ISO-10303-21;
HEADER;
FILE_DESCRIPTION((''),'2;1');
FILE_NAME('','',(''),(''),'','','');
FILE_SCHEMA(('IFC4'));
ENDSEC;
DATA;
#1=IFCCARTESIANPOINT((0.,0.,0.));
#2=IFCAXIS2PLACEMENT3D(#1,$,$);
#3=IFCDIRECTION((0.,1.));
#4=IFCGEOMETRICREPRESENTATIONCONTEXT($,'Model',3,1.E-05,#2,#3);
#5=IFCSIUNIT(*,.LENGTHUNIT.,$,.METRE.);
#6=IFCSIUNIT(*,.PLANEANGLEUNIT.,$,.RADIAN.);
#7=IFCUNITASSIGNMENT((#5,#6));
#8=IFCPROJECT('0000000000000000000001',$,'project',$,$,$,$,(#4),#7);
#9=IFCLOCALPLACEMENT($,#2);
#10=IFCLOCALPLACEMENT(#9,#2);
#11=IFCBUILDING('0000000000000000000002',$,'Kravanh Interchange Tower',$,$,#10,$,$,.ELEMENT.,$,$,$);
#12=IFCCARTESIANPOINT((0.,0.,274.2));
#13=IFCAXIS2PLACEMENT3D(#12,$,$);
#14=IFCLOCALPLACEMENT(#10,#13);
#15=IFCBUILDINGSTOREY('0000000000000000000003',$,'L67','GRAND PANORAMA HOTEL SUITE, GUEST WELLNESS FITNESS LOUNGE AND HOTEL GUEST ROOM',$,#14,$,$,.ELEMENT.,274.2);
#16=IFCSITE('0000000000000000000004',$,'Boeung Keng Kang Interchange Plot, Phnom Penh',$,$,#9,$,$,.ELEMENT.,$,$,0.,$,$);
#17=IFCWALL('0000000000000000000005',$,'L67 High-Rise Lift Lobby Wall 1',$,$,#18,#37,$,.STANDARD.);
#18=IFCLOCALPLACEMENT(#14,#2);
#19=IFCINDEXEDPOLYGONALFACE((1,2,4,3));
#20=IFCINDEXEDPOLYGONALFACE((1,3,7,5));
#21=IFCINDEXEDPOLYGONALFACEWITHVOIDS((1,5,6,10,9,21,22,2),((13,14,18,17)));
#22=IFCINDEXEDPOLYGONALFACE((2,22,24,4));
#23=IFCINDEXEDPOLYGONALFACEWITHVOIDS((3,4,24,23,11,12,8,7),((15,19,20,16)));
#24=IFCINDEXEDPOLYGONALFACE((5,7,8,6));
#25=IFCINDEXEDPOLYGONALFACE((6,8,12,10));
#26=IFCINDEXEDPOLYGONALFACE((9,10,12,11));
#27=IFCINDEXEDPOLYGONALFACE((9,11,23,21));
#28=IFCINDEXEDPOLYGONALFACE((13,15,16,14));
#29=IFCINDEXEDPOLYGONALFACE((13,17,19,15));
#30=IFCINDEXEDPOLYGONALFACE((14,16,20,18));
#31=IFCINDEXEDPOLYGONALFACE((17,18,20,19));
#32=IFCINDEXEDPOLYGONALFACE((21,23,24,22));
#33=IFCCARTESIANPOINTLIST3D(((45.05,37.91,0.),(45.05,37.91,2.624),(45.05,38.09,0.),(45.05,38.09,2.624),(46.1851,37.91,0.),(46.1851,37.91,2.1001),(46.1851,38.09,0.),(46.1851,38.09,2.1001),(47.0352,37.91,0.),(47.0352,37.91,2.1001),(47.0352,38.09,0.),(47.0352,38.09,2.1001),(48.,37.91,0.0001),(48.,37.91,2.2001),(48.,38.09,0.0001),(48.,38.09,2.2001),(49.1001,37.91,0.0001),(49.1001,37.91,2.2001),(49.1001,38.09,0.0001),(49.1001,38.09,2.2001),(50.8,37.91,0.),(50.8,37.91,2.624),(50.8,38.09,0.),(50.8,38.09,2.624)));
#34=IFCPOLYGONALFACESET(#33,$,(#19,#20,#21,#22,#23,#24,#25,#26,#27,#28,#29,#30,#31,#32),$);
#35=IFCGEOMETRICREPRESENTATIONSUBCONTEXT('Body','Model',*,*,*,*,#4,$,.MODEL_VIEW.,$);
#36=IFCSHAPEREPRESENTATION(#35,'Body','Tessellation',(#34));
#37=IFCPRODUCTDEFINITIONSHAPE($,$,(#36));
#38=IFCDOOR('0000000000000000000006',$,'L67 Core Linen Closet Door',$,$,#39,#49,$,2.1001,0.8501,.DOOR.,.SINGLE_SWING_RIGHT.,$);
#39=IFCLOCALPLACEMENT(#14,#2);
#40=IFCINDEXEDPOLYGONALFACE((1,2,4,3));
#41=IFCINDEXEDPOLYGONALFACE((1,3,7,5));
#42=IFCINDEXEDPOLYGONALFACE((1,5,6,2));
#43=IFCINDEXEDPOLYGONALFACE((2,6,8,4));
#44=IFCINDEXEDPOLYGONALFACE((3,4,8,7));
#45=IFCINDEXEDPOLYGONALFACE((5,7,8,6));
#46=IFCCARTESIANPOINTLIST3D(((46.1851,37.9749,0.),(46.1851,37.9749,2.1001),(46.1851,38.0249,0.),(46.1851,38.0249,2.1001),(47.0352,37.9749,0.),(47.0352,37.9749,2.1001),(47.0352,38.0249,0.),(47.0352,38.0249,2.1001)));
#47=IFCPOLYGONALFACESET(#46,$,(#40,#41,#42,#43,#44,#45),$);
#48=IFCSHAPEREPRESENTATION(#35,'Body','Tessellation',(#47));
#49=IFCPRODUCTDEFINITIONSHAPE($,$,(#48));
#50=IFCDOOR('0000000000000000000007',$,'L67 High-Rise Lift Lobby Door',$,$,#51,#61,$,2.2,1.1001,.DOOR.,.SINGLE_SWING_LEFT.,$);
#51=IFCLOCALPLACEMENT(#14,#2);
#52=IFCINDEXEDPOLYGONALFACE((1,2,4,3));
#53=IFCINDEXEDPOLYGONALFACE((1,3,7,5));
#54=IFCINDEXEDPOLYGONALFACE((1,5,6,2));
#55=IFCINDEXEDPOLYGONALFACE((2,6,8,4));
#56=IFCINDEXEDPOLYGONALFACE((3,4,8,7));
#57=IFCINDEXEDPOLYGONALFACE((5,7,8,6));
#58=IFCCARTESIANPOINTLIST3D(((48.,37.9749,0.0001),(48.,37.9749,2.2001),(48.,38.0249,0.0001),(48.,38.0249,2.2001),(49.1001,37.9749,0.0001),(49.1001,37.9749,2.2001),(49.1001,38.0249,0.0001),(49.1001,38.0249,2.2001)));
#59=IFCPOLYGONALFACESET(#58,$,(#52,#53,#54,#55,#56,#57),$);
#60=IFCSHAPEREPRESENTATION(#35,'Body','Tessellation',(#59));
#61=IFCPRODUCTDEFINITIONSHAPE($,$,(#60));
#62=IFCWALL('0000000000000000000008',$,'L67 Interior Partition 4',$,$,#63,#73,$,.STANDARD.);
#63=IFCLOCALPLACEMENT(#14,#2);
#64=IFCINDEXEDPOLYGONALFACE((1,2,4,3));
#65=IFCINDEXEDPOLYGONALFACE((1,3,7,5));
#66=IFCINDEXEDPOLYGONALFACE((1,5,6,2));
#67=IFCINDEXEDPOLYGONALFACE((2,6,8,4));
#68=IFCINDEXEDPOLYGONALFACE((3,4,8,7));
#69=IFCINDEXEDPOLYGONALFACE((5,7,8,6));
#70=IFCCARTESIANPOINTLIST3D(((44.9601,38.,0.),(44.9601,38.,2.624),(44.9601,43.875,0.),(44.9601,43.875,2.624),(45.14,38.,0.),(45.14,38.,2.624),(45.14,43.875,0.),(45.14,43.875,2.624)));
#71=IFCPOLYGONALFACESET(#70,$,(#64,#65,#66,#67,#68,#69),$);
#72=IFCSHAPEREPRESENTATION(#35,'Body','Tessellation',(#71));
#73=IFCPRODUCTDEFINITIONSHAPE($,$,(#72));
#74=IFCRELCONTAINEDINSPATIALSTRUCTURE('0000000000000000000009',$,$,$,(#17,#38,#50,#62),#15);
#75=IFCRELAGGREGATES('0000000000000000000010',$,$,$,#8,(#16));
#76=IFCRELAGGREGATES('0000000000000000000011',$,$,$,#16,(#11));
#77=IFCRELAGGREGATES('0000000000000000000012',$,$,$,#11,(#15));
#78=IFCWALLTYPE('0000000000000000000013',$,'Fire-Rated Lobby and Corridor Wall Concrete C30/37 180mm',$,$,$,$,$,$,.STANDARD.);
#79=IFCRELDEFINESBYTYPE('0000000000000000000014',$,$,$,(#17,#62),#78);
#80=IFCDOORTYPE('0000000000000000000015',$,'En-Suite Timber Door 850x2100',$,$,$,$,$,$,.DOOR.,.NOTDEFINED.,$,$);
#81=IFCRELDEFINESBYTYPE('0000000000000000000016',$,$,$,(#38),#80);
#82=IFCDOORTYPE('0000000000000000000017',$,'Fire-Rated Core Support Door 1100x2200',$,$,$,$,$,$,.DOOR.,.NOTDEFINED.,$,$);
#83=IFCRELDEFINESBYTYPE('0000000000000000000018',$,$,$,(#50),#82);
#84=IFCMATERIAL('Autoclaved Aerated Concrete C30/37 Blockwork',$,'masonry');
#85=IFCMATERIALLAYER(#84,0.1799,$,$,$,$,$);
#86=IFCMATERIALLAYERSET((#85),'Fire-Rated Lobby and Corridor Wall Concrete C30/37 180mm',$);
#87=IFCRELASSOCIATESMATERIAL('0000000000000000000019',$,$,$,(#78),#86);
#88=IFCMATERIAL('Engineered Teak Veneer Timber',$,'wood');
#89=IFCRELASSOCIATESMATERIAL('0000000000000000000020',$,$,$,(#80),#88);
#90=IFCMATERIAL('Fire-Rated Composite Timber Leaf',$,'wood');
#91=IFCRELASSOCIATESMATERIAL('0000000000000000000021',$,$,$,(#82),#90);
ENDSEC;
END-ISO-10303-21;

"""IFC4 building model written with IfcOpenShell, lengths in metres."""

from ifc_helpers import new_model, si_unit, direction, frame, frame_2d, origin, place, context, subcontext, project, spatial, rectangle, extrude, material, layer, layer_set, type_object, element, fill, save


model = new_model("IFC4")

# Units and contexts
model_context = context("Model", 3, precision=1e-05, world=origin(), true_north=direction((0.0, 1.0)))
body_context = subcontext(model_context, "Body", "Model", "MODEL_VIEW")
ifc_project = project(units=[si_unit("LENGTHUNIT", "METRE"), si_unit("PLANEANGLEUNIT", "RADIAN")], contexts=[model_context])

# Site, building, storey
site_placement = place(None, origin())
site = spatial("IfcSite", under=ifc_project, at=site_placement, Name="Boeung Keng Kang Interchange Plot, Phnom Penh", CompositionType="ELEMENT", RefElevation=0.0)
building_placement = place(site_placement, origin())
building = spatial("IfcBuilding", under=site, at=building_placement, Name="Kravanh Interchange Tower", CompositionType="ELEMENT")
storey_placement = place(building_placement, frame((0.0, 0.0, 274.2)))
storey = spatial("IfcBuildingStorey", under=building, at=storey_placement, Name="L67", Description="GRAND PANORAMA HOTEL SUITE, GUEST WELLNESS FITNESS LOUNGE AND HOTEL GUEST ROOM", CompositionType="ELEMENT", Elevation=274.2)

# Wall, openings, doors
ifc_material_1 = material(Name="Autoclaved Aerated Concrete C30/37 Blockwork", Category="masonry")
ifc_layer_1 = layer(ifc_material_1, 0.1799)
ifc_layer_set_1 = layer_set([ifc_layer_1], Name="Fire-Rated Lobby and Corridor Wall Concrete C30/37 180mm")
wall_type_1 = type_object("IfcWallType", Name="Fire-Rated Lobby and Corridor Wall Concrete C30/37 180mm", PredefinedType="STANDARD", material=ifc_layer_set_1)
wall_1_placement = place(storey_placement, frame((45.05, 38.0, 0.0), z_axis=(0.0, 0.0, 1.0), x_axis=(1.0, 0.0, 0.0)))
wall_1 = element("IfcWall", 1, at=wall_1_placement, inside=storey, type_object=wall_type_1, Name="L67 High-Rise Lift Lobby Wall 1", PredefinedType="STANDARD", context=body_context, shape_type="SweptSolid", body=[
    extrude(rectangle(XDim=5.75, YDim=0.1799, at=frame_2d((2.875, 0.0))), origin(), (0.0, 0.0, 1.0), 2.624),
])
opening_1_placement = place(wall_1_placement, frame((1.135, 0.0, 0.0)))
opening_1 = element("IfcOpeningElement", 2, at=opening_1_placement, cuts=wall_1, PredefinedType="OPENING", context=body_context, shape_type="SweptSolid", body=[
    extrude(rectangle(XDim=0.8501, YDim=2.1001, at=frame_2d((0.425, 1.05))), frame((0.0, 0.1001, 0.0), z_axis=(0.0, -1.0, 0.0), x_axis=(1.0, 0.0, 0.0)), (0.0, 0.0, 1.0), 0.2),
])
opening_2_placement = place(wall_1_placement, frame((2.95, 0.0, 0.0)))
opening_2 = element("IfcOpeningElement", 3, at=opening_2_placement, cuts=wall_1, PredefinedType="OPENING", context=body_context, shape_type="SweptSolid", body=[
    extrude(rectangle(XDim=1.1001, YDim=2.2, at=frame_2d((0.55, 1.1001))), frame((0.0, 0.1001, 0.0), z_axis=(0.0, -1.0, 0.0), x_axis=(1.0, 0.0, 0.0)), (0.0, 0.0, 1.0), 0.2),
])
ifc_material_2 = material(Name="Engineered Teak Veneer Timber", Category="wood")
door_type_1 = type_object("IfcDoorType", Name="En-Suite Timber Door 850x2100", OperationType="NOTDEFINED", PredefinedType="DOOR", material=ifc_material_2)
door_1_placement = place(opening_1_placement, origin())
door_1 = element("IfcDoor", 4, at=door_1_placement, inside=storey, type_object=door_type_1, Name="L67 Core Linen Closet Door", OperationType="SINGLE_SWING_RIGHT", OverallHeight=2.1001, OverallWidth=0.8501, PredefinedType="DOOR", context=body_context, shape_type="SweptSolid", body=[
    extrude(rectangle(XDim=0.8501, YDim=2.1001, at=frame_2d((0.425, 1.05))), frame((0.0, 0.0249, 0.0), z_axis=(0.0, -1.0, 0.0), x_axis=(1.0, 0.0, 0.0)), (0.0, 0.0, 1.0), 0.05),
])
fill(opening_1, door_1)
ifc_material_3 = material(Name="Fire-Rated Composite Timber Leaf", Category="wood")
door_type_2 = type_object("IfcDoorType", Name="Fire-Rated Core Support Door 1100x2200", OperationType="NOTDEFINED", PredefinedType="DOOR", material=ifc_material_3)
door_2_placement = place(opening_2_placement, origin())
door_2 = element("IfcDoor", 5, at=door_2_placement, inside=storey, type_object=door_type_2, Name="L67 High-Rise Lift Lobby Door", OperationType="SINGLE_SWING_LEFT", OverallHeight=2.2, OverallWidth=1.1001, PredefinedType="DOOR", context=body_context, shape_type="SweptSolid", body=[
    extrude(rectangle(XDim=1.1001, YDim=2.2, at=frame_2d((0.55, 1.1001))), frame((0.0, 0.0249, 0.0), z_axis=(0.0, -1.0, 0.0), x_axis=(1.0, 0.0, 0.0)), (0.0, 0.0, 1.0), 0.05),
])
fill(opening_2, door_2)

# Wall
wall_2_placement = place(storey_placement, frame((45.05, 38.0, 0.0), z_axis=(0.0, 0.0, 1.0), x_axis=(0.0, 1.0, 0.0)))
element("IfcWall", 6, at=wall_2_placement, inside=storey, type_object=wall_type_1, Name="L67 Interior Partition 4", PredefinedType="STANDARD", context=body_context, shape_type="SweptSolid", body=[
    extrude(rectangle(XDim=5.875, YDim=0.1799, at=frame_2d((2.9375, 0.0))), origin(), (0.0, 0.0, 1.0), 2.624),
])

save(model, "model.ifc")
